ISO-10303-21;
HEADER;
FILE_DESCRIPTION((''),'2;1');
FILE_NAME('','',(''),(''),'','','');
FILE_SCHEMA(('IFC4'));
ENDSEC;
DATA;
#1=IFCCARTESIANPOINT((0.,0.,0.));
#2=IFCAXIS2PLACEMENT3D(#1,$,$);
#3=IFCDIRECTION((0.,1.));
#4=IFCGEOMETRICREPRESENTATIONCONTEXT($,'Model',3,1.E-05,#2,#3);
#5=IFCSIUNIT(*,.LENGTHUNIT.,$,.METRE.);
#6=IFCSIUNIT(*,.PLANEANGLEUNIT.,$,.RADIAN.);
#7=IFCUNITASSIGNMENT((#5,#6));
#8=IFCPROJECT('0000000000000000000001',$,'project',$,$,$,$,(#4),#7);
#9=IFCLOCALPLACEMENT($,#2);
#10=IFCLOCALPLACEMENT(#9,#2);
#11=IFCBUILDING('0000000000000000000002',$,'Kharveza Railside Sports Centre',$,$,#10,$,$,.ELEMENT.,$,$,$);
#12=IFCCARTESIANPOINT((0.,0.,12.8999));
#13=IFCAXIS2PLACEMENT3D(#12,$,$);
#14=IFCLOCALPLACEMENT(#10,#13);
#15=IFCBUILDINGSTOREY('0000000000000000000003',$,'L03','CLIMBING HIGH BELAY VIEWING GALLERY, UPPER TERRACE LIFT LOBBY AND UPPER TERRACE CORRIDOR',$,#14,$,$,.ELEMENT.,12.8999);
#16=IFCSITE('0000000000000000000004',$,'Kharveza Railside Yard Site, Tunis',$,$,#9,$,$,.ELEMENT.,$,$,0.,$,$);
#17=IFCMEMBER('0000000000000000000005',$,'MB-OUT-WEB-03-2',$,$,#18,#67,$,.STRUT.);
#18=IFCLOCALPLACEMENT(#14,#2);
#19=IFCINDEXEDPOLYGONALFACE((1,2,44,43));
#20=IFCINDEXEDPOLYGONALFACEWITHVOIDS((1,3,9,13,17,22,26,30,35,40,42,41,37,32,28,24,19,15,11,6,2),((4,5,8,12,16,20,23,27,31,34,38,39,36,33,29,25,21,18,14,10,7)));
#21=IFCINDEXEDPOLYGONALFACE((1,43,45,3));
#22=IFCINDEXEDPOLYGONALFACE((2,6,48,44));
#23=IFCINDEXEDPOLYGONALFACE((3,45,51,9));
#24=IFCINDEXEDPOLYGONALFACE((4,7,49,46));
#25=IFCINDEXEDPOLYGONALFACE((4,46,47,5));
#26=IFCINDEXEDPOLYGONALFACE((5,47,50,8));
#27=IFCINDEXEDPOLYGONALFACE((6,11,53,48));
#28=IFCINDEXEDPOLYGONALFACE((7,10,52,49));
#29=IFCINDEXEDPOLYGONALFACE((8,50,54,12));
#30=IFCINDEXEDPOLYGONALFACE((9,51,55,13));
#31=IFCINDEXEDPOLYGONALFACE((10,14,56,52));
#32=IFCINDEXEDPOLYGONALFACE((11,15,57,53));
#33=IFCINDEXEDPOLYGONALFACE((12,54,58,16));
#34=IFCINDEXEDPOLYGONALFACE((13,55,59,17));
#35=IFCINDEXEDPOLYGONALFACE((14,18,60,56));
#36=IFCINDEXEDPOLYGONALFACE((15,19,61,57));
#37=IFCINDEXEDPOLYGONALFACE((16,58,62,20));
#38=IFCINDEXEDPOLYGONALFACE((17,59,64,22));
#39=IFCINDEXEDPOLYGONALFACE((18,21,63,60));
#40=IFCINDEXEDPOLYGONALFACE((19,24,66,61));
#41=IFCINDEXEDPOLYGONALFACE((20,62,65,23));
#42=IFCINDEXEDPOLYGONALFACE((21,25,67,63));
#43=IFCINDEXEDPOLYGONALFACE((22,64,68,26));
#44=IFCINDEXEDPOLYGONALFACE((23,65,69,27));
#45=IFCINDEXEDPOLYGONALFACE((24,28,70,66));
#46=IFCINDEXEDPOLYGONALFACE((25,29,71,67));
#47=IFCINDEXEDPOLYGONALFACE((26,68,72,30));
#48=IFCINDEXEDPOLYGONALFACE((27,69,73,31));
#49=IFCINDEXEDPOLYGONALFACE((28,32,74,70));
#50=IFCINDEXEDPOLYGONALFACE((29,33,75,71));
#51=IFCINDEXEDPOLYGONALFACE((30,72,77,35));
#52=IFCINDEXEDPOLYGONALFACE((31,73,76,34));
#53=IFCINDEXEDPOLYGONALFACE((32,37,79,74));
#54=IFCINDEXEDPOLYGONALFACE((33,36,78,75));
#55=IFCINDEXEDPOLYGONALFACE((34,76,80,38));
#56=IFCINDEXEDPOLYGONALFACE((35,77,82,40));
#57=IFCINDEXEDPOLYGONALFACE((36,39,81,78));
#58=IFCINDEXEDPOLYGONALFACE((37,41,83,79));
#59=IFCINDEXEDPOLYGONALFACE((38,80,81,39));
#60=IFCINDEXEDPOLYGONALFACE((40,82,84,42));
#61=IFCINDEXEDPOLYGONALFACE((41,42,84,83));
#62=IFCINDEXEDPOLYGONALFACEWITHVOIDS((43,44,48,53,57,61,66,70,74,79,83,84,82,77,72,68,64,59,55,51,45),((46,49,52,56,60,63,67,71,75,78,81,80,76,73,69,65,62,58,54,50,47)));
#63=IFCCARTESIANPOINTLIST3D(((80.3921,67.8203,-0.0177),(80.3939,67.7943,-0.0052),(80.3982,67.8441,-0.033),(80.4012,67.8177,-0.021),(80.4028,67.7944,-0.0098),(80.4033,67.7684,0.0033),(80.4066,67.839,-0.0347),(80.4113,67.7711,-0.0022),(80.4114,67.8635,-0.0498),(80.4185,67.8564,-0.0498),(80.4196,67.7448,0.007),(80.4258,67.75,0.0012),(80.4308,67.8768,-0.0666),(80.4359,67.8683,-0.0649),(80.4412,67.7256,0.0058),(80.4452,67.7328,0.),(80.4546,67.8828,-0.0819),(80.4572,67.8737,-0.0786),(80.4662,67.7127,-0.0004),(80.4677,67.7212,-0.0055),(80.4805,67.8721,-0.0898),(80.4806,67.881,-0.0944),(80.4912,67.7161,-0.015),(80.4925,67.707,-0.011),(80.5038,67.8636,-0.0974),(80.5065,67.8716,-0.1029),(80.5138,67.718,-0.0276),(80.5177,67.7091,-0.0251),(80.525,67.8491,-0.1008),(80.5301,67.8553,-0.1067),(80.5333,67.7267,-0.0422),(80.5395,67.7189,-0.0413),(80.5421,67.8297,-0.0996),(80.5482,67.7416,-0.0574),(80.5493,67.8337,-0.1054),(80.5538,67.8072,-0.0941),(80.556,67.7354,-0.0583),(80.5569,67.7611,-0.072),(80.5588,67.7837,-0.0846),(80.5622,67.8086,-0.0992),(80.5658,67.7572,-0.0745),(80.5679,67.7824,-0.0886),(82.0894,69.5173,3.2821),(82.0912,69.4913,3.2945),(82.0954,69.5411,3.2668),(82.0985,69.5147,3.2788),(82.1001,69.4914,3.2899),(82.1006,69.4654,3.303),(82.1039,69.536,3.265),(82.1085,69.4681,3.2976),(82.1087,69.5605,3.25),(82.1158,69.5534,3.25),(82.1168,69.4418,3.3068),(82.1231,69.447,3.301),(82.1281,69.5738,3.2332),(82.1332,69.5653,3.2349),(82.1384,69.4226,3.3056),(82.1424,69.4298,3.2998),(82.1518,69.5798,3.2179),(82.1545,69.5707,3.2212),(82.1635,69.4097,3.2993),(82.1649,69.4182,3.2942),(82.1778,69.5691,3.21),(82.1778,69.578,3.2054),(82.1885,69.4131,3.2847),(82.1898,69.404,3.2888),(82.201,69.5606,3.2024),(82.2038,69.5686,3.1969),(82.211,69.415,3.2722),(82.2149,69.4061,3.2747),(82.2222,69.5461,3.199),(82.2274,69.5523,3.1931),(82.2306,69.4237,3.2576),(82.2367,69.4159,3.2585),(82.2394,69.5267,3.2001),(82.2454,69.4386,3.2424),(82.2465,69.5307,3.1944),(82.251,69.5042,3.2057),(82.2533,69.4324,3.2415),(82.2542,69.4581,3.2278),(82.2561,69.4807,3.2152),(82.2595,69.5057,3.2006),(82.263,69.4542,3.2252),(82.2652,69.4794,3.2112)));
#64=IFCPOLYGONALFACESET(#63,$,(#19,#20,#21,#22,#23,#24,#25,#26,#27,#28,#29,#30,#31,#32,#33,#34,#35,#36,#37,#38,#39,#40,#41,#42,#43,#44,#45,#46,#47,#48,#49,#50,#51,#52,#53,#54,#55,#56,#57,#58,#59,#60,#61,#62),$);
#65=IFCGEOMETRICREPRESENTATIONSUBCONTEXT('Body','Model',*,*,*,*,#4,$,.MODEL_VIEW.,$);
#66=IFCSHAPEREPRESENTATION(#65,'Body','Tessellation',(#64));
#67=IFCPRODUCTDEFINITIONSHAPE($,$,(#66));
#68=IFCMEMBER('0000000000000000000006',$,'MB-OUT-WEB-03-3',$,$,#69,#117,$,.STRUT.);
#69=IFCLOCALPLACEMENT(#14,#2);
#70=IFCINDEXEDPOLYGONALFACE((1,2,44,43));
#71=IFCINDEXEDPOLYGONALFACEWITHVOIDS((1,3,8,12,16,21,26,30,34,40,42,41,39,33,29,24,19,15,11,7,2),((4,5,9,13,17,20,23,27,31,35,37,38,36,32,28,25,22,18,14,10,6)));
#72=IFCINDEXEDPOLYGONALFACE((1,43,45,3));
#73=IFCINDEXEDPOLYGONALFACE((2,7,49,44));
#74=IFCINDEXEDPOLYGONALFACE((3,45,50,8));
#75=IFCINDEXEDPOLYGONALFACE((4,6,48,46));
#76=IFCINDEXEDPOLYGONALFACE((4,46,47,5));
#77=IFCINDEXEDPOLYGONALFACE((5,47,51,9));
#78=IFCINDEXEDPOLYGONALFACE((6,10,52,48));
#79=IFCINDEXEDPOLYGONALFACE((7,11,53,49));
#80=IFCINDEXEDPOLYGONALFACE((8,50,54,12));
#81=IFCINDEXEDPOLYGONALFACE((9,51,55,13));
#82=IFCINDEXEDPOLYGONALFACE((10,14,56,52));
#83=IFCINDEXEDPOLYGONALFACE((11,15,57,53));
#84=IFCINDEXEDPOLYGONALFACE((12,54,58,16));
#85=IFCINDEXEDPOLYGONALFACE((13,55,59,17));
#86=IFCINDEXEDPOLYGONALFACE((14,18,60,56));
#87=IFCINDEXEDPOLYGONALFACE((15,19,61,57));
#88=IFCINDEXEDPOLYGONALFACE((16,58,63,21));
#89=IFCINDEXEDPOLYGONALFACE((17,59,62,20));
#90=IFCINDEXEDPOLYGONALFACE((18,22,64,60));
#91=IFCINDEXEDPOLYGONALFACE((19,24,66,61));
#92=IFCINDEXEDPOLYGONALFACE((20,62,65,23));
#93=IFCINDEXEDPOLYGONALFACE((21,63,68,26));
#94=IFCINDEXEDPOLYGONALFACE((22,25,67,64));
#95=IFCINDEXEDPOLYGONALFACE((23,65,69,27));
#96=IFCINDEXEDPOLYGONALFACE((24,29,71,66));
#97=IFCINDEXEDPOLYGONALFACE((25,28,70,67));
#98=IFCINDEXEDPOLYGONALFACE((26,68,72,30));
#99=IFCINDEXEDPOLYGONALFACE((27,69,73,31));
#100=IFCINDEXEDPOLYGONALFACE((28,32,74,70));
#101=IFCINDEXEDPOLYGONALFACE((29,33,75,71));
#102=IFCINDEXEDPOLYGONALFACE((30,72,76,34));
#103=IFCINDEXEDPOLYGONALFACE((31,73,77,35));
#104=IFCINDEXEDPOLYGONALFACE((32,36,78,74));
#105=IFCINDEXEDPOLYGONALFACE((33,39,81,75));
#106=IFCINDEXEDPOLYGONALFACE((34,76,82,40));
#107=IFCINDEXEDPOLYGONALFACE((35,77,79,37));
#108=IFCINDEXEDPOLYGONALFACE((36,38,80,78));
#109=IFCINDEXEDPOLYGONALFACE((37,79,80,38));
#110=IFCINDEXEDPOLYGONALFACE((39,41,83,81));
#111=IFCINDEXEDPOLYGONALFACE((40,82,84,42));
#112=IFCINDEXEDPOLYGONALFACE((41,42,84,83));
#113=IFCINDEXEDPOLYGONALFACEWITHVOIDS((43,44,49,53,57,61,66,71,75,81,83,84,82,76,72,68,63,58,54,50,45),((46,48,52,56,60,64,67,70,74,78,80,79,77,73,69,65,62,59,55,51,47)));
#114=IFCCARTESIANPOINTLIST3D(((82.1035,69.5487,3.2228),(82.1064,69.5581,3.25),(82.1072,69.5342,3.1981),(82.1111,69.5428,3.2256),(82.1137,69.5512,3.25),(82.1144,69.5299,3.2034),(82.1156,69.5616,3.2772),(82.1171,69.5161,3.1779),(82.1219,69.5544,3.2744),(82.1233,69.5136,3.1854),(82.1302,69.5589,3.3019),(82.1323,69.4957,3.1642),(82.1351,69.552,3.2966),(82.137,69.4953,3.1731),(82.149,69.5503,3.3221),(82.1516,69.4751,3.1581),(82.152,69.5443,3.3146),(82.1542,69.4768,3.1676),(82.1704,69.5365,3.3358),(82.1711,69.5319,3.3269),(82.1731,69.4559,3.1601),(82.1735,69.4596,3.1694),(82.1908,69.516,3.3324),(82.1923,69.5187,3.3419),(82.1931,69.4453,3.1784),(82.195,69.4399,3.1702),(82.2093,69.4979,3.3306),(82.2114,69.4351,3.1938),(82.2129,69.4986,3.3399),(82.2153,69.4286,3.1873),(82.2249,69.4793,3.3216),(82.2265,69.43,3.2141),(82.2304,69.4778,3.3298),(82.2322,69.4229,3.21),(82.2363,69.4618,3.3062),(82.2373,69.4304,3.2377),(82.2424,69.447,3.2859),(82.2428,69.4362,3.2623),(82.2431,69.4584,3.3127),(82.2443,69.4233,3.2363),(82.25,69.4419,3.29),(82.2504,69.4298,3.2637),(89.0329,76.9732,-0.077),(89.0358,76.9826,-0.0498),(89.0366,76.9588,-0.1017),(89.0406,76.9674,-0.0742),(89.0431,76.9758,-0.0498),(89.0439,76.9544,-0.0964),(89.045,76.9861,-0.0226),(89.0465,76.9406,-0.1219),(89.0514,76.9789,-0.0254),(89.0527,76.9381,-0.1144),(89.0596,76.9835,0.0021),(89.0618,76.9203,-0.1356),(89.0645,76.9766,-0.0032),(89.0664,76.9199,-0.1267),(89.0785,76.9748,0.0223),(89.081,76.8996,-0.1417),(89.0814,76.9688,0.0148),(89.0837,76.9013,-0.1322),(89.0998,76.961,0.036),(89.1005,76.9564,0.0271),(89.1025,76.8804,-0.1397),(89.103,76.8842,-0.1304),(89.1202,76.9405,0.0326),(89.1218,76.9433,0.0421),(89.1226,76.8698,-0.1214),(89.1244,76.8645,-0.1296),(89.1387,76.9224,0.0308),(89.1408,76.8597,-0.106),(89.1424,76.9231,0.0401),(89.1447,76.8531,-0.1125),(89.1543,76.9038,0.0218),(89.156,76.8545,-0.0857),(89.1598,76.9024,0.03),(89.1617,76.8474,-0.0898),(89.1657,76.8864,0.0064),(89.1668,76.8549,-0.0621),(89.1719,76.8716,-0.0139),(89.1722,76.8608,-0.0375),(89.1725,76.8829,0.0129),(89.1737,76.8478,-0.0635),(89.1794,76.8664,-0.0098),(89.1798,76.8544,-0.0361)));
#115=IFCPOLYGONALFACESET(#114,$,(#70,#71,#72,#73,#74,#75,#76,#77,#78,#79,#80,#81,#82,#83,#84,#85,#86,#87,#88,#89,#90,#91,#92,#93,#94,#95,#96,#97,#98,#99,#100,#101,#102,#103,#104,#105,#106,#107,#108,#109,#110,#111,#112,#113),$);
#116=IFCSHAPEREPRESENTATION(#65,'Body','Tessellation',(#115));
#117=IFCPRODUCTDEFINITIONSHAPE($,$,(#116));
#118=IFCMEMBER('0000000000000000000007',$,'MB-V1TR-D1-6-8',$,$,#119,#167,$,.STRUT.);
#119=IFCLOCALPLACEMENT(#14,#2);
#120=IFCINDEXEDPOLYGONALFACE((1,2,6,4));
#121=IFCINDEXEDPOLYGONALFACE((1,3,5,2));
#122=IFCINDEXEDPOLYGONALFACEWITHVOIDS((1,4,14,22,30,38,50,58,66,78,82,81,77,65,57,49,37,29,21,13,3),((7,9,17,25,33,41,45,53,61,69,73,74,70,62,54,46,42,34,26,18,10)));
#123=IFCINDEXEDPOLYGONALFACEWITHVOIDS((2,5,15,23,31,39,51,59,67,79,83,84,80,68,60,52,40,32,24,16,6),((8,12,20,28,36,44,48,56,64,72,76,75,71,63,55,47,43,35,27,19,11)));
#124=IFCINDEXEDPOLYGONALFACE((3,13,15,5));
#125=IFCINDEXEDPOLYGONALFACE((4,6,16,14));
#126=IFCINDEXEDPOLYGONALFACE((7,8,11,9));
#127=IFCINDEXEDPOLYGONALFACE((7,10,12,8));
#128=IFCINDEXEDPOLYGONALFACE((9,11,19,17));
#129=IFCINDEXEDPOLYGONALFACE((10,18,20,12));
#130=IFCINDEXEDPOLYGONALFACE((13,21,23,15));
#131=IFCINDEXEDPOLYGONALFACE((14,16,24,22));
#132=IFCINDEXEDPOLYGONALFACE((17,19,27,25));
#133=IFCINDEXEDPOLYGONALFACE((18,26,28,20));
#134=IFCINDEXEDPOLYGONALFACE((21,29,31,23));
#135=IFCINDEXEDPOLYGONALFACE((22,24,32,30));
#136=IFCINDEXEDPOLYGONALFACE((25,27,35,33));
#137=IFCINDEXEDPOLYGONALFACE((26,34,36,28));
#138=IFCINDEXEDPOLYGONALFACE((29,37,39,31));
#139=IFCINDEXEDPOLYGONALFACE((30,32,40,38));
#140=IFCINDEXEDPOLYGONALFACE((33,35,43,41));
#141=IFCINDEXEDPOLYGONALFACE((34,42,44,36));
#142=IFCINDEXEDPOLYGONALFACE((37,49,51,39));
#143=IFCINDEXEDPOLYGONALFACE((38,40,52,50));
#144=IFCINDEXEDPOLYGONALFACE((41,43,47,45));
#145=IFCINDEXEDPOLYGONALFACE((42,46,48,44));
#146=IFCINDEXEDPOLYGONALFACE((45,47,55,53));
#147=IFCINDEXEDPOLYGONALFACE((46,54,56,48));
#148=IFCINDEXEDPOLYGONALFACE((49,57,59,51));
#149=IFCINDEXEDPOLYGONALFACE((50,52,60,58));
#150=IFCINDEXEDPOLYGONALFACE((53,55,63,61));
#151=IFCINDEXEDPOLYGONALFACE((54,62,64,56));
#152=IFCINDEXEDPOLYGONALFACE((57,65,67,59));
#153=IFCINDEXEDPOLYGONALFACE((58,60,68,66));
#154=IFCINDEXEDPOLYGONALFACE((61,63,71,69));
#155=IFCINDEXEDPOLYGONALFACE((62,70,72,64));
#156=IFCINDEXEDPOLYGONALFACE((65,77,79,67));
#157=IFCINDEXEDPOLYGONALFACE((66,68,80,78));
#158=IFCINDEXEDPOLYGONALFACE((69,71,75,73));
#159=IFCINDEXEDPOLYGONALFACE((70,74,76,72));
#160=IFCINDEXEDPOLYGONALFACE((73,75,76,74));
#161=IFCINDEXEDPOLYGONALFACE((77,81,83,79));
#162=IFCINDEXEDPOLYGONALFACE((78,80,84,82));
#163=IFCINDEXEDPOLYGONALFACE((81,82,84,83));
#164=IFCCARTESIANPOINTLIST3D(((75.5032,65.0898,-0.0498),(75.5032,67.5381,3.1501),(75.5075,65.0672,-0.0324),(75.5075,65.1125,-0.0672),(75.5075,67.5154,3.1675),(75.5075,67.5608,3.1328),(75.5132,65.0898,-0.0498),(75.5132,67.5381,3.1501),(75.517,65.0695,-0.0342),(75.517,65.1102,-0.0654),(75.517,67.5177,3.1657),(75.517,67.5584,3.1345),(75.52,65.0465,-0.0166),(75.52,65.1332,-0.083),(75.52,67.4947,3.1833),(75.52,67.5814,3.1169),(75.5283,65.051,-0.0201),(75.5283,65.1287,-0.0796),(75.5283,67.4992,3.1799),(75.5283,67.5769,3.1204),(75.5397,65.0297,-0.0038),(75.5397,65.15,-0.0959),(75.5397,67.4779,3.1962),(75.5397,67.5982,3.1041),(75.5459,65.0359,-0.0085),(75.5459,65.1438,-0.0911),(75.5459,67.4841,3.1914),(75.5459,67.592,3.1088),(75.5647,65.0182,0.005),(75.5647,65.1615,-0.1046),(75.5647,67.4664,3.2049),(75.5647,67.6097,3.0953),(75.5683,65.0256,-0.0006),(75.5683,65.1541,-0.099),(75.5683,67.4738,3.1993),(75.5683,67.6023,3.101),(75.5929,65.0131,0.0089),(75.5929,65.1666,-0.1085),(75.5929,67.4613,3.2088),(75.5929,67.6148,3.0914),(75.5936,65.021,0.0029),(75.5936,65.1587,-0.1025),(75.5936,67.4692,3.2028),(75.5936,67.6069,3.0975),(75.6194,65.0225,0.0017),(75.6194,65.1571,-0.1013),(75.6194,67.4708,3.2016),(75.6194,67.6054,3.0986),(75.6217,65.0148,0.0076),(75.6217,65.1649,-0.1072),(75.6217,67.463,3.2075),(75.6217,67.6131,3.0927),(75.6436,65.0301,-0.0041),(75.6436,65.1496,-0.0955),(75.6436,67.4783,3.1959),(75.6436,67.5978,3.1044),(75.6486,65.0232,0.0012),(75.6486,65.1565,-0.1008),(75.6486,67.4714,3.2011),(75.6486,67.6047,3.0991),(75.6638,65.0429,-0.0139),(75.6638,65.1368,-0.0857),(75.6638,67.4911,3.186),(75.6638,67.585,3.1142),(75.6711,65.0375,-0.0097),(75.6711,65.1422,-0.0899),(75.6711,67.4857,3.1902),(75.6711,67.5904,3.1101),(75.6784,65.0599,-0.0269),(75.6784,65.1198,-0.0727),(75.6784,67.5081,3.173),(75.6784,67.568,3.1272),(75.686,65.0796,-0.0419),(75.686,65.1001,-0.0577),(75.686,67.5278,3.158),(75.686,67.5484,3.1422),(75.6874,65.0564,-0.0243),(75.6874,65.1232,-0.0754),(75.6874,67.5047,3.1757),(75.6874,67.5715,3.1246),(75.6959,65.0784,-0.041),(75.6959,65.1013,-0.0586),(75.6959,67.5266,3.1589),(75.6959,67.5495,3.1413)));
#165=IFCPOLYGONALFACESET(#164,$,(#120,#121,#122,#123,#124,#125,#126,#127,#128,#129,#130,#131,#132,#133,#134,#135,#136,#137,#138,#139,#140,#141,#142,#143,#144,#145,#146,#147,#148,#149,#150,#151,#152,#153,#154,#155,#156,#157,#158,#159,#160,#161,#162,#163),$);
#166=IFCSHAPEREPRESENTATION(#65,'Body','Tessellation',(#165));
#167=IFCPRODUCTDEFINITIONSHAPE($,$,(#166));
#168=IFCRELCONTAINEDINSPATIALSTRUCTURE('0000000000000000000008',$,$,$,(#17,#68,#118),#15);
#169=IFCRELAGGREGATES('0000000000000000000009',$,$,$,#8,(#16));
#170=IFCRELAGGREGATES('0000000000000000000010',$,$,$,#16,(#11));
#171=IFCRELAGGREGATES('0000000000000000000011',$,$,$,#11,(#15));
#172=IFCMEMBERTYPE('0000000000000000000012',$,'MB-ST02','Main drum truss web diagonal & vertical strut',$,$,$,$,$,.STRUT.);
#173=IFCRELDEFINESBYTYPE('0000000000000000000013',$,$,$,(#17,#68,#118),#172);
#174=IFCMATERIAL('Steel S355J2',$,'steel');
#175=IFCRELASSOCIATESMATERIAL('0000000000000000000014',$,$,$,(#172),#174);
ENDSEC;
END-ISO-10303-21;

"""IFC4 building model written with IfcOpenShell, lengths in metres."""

from ifc_helpers import new_model, si_unit, direction, frame, origin, origin_2d, place, context, subcontext, project, spatial, hollow_circle, extrude, material, material_profile, profile_set, type_object, element, save


model = new_model("IFC4")

# Units and contexts
model_context = context("Model", 3, precision=1e-05, world=origin(), true_north=direction((0.0, 1.0)))
body_context = subcontext(model_context, "Body", "Model", "MODEL_VIEW")
ifc_project = project(units=[si_unit("LENGTHUNIT", "METRE"), si_unit("PLANEANGLEUNIT", "RADIAN")], contexts=[model_context])

# Site, building, storey
site_placement = place(None, origin())
site = spatial("IfcSite", under=ifc_project, at=site_placement, Name="Kharveza Railside Yard Site, Tunis", CompositionType="ELEMENT", RefElevation=0.0)
building_placement = place(site_placement, origin())
building = spatial("IfcBuilding", under=site, at=building_placement, Name="Kharveza Railside Sports Centre", CompositionType="ELEMENT")
storey_placement = place(building_placement, frame((0.0, 0.0, 12.8999)))
storey = spatial("IfcBuildingStorey", under=building, at=storey_placement, Name="L03", Description="CLIMBING HIGH BELAY VIEWING GALLERY, UPPER TERRACE LIFT LOBBY AND UPPER TERRACE CORRIDOR", CompositionType="ELEMENT", Elevation=12.8999)

# Shared definitions
ifc_material_1 = material(Name="Steel S355J2", Category="steel")

# Members
ifc_material_profile_1 = material_profile(ifc_material_1, hollow_circle(Radius=0.0969, WallThickness=0.01, at=origin_2d()), Name="CHS 193.7x10.0")
ifc_profile_set_1 = profile_set([ifc_material_profile_1], Name="Steel S355J2")
member_type_1 = type_object("IfcMemberType", Name="MB-ST02", Description="Main drum truss web diagonal & vertical strut", PredefinedType="STRUT", material=ifc_profile_set_1)
member_1_placement = place(storey_placement, frame((80.48, 67.7949, -0.0498), z_axis=(0.41596, 0.4159, 0.808705), x_axis=(-0.707056, 0.707158, 0.0)))
element("IfcMember", 1, at=member_1_placement, inside=storey, type_object=member_type_1, Name="MB-OUT-WEB-03-2", PredefinedType="STRUT", context=body_context, shape_type="SweptSolid", body=[
    extrude(hollow_circle(Radius=0.0969, WallThickness=0.01, at=origin_2d()), origin(), (0.0, 0.0, 1.0), 4.0803),
])
member_2_placement = place(storey_placement, frame((82.1772, 69.4919, 3.25), z_axis=(0.648916, 0.695282, -0.309014), x_axis=(-0.731062, 0.682311, 0.0)))
element("IfcMember", 2, at=member_2_placement, inside=storey, type_object=member_type_1, Name="MB-OUT-WEB-03-3", PredefinedType="STRUT", context=body_context, shape_type="SweptSolid", body=[
    extrude(hollow_circle(Radius=0.0969, WallThickness=0.01, at=origin_2d()), origin(), (0.0, 0.0, 1.0), 10.6785),
])
member_3_placement = place(storey_placement, frame((75.6001, 65.0898, -0.0498), z_axis=(0.0, 0.607641, 0.794212), x_axis=(-1.0, 0.0, 0.0)))
element("IfcMember", 3, at=member_3_placement, inside=storey, type_object=member_type_1, Name="MB-V1TR-D1-6-8", PredefinedType="STRUT", context=body_context, shape_type="SweptSolid", body=[
    extrude(hollow_circle(Radius=0.0969, WallThickness=0.01, at=origin_2d()), origin(), (0.0, 0.0, 1.0), 4.0291),
])

save(model, "model.ifc")
